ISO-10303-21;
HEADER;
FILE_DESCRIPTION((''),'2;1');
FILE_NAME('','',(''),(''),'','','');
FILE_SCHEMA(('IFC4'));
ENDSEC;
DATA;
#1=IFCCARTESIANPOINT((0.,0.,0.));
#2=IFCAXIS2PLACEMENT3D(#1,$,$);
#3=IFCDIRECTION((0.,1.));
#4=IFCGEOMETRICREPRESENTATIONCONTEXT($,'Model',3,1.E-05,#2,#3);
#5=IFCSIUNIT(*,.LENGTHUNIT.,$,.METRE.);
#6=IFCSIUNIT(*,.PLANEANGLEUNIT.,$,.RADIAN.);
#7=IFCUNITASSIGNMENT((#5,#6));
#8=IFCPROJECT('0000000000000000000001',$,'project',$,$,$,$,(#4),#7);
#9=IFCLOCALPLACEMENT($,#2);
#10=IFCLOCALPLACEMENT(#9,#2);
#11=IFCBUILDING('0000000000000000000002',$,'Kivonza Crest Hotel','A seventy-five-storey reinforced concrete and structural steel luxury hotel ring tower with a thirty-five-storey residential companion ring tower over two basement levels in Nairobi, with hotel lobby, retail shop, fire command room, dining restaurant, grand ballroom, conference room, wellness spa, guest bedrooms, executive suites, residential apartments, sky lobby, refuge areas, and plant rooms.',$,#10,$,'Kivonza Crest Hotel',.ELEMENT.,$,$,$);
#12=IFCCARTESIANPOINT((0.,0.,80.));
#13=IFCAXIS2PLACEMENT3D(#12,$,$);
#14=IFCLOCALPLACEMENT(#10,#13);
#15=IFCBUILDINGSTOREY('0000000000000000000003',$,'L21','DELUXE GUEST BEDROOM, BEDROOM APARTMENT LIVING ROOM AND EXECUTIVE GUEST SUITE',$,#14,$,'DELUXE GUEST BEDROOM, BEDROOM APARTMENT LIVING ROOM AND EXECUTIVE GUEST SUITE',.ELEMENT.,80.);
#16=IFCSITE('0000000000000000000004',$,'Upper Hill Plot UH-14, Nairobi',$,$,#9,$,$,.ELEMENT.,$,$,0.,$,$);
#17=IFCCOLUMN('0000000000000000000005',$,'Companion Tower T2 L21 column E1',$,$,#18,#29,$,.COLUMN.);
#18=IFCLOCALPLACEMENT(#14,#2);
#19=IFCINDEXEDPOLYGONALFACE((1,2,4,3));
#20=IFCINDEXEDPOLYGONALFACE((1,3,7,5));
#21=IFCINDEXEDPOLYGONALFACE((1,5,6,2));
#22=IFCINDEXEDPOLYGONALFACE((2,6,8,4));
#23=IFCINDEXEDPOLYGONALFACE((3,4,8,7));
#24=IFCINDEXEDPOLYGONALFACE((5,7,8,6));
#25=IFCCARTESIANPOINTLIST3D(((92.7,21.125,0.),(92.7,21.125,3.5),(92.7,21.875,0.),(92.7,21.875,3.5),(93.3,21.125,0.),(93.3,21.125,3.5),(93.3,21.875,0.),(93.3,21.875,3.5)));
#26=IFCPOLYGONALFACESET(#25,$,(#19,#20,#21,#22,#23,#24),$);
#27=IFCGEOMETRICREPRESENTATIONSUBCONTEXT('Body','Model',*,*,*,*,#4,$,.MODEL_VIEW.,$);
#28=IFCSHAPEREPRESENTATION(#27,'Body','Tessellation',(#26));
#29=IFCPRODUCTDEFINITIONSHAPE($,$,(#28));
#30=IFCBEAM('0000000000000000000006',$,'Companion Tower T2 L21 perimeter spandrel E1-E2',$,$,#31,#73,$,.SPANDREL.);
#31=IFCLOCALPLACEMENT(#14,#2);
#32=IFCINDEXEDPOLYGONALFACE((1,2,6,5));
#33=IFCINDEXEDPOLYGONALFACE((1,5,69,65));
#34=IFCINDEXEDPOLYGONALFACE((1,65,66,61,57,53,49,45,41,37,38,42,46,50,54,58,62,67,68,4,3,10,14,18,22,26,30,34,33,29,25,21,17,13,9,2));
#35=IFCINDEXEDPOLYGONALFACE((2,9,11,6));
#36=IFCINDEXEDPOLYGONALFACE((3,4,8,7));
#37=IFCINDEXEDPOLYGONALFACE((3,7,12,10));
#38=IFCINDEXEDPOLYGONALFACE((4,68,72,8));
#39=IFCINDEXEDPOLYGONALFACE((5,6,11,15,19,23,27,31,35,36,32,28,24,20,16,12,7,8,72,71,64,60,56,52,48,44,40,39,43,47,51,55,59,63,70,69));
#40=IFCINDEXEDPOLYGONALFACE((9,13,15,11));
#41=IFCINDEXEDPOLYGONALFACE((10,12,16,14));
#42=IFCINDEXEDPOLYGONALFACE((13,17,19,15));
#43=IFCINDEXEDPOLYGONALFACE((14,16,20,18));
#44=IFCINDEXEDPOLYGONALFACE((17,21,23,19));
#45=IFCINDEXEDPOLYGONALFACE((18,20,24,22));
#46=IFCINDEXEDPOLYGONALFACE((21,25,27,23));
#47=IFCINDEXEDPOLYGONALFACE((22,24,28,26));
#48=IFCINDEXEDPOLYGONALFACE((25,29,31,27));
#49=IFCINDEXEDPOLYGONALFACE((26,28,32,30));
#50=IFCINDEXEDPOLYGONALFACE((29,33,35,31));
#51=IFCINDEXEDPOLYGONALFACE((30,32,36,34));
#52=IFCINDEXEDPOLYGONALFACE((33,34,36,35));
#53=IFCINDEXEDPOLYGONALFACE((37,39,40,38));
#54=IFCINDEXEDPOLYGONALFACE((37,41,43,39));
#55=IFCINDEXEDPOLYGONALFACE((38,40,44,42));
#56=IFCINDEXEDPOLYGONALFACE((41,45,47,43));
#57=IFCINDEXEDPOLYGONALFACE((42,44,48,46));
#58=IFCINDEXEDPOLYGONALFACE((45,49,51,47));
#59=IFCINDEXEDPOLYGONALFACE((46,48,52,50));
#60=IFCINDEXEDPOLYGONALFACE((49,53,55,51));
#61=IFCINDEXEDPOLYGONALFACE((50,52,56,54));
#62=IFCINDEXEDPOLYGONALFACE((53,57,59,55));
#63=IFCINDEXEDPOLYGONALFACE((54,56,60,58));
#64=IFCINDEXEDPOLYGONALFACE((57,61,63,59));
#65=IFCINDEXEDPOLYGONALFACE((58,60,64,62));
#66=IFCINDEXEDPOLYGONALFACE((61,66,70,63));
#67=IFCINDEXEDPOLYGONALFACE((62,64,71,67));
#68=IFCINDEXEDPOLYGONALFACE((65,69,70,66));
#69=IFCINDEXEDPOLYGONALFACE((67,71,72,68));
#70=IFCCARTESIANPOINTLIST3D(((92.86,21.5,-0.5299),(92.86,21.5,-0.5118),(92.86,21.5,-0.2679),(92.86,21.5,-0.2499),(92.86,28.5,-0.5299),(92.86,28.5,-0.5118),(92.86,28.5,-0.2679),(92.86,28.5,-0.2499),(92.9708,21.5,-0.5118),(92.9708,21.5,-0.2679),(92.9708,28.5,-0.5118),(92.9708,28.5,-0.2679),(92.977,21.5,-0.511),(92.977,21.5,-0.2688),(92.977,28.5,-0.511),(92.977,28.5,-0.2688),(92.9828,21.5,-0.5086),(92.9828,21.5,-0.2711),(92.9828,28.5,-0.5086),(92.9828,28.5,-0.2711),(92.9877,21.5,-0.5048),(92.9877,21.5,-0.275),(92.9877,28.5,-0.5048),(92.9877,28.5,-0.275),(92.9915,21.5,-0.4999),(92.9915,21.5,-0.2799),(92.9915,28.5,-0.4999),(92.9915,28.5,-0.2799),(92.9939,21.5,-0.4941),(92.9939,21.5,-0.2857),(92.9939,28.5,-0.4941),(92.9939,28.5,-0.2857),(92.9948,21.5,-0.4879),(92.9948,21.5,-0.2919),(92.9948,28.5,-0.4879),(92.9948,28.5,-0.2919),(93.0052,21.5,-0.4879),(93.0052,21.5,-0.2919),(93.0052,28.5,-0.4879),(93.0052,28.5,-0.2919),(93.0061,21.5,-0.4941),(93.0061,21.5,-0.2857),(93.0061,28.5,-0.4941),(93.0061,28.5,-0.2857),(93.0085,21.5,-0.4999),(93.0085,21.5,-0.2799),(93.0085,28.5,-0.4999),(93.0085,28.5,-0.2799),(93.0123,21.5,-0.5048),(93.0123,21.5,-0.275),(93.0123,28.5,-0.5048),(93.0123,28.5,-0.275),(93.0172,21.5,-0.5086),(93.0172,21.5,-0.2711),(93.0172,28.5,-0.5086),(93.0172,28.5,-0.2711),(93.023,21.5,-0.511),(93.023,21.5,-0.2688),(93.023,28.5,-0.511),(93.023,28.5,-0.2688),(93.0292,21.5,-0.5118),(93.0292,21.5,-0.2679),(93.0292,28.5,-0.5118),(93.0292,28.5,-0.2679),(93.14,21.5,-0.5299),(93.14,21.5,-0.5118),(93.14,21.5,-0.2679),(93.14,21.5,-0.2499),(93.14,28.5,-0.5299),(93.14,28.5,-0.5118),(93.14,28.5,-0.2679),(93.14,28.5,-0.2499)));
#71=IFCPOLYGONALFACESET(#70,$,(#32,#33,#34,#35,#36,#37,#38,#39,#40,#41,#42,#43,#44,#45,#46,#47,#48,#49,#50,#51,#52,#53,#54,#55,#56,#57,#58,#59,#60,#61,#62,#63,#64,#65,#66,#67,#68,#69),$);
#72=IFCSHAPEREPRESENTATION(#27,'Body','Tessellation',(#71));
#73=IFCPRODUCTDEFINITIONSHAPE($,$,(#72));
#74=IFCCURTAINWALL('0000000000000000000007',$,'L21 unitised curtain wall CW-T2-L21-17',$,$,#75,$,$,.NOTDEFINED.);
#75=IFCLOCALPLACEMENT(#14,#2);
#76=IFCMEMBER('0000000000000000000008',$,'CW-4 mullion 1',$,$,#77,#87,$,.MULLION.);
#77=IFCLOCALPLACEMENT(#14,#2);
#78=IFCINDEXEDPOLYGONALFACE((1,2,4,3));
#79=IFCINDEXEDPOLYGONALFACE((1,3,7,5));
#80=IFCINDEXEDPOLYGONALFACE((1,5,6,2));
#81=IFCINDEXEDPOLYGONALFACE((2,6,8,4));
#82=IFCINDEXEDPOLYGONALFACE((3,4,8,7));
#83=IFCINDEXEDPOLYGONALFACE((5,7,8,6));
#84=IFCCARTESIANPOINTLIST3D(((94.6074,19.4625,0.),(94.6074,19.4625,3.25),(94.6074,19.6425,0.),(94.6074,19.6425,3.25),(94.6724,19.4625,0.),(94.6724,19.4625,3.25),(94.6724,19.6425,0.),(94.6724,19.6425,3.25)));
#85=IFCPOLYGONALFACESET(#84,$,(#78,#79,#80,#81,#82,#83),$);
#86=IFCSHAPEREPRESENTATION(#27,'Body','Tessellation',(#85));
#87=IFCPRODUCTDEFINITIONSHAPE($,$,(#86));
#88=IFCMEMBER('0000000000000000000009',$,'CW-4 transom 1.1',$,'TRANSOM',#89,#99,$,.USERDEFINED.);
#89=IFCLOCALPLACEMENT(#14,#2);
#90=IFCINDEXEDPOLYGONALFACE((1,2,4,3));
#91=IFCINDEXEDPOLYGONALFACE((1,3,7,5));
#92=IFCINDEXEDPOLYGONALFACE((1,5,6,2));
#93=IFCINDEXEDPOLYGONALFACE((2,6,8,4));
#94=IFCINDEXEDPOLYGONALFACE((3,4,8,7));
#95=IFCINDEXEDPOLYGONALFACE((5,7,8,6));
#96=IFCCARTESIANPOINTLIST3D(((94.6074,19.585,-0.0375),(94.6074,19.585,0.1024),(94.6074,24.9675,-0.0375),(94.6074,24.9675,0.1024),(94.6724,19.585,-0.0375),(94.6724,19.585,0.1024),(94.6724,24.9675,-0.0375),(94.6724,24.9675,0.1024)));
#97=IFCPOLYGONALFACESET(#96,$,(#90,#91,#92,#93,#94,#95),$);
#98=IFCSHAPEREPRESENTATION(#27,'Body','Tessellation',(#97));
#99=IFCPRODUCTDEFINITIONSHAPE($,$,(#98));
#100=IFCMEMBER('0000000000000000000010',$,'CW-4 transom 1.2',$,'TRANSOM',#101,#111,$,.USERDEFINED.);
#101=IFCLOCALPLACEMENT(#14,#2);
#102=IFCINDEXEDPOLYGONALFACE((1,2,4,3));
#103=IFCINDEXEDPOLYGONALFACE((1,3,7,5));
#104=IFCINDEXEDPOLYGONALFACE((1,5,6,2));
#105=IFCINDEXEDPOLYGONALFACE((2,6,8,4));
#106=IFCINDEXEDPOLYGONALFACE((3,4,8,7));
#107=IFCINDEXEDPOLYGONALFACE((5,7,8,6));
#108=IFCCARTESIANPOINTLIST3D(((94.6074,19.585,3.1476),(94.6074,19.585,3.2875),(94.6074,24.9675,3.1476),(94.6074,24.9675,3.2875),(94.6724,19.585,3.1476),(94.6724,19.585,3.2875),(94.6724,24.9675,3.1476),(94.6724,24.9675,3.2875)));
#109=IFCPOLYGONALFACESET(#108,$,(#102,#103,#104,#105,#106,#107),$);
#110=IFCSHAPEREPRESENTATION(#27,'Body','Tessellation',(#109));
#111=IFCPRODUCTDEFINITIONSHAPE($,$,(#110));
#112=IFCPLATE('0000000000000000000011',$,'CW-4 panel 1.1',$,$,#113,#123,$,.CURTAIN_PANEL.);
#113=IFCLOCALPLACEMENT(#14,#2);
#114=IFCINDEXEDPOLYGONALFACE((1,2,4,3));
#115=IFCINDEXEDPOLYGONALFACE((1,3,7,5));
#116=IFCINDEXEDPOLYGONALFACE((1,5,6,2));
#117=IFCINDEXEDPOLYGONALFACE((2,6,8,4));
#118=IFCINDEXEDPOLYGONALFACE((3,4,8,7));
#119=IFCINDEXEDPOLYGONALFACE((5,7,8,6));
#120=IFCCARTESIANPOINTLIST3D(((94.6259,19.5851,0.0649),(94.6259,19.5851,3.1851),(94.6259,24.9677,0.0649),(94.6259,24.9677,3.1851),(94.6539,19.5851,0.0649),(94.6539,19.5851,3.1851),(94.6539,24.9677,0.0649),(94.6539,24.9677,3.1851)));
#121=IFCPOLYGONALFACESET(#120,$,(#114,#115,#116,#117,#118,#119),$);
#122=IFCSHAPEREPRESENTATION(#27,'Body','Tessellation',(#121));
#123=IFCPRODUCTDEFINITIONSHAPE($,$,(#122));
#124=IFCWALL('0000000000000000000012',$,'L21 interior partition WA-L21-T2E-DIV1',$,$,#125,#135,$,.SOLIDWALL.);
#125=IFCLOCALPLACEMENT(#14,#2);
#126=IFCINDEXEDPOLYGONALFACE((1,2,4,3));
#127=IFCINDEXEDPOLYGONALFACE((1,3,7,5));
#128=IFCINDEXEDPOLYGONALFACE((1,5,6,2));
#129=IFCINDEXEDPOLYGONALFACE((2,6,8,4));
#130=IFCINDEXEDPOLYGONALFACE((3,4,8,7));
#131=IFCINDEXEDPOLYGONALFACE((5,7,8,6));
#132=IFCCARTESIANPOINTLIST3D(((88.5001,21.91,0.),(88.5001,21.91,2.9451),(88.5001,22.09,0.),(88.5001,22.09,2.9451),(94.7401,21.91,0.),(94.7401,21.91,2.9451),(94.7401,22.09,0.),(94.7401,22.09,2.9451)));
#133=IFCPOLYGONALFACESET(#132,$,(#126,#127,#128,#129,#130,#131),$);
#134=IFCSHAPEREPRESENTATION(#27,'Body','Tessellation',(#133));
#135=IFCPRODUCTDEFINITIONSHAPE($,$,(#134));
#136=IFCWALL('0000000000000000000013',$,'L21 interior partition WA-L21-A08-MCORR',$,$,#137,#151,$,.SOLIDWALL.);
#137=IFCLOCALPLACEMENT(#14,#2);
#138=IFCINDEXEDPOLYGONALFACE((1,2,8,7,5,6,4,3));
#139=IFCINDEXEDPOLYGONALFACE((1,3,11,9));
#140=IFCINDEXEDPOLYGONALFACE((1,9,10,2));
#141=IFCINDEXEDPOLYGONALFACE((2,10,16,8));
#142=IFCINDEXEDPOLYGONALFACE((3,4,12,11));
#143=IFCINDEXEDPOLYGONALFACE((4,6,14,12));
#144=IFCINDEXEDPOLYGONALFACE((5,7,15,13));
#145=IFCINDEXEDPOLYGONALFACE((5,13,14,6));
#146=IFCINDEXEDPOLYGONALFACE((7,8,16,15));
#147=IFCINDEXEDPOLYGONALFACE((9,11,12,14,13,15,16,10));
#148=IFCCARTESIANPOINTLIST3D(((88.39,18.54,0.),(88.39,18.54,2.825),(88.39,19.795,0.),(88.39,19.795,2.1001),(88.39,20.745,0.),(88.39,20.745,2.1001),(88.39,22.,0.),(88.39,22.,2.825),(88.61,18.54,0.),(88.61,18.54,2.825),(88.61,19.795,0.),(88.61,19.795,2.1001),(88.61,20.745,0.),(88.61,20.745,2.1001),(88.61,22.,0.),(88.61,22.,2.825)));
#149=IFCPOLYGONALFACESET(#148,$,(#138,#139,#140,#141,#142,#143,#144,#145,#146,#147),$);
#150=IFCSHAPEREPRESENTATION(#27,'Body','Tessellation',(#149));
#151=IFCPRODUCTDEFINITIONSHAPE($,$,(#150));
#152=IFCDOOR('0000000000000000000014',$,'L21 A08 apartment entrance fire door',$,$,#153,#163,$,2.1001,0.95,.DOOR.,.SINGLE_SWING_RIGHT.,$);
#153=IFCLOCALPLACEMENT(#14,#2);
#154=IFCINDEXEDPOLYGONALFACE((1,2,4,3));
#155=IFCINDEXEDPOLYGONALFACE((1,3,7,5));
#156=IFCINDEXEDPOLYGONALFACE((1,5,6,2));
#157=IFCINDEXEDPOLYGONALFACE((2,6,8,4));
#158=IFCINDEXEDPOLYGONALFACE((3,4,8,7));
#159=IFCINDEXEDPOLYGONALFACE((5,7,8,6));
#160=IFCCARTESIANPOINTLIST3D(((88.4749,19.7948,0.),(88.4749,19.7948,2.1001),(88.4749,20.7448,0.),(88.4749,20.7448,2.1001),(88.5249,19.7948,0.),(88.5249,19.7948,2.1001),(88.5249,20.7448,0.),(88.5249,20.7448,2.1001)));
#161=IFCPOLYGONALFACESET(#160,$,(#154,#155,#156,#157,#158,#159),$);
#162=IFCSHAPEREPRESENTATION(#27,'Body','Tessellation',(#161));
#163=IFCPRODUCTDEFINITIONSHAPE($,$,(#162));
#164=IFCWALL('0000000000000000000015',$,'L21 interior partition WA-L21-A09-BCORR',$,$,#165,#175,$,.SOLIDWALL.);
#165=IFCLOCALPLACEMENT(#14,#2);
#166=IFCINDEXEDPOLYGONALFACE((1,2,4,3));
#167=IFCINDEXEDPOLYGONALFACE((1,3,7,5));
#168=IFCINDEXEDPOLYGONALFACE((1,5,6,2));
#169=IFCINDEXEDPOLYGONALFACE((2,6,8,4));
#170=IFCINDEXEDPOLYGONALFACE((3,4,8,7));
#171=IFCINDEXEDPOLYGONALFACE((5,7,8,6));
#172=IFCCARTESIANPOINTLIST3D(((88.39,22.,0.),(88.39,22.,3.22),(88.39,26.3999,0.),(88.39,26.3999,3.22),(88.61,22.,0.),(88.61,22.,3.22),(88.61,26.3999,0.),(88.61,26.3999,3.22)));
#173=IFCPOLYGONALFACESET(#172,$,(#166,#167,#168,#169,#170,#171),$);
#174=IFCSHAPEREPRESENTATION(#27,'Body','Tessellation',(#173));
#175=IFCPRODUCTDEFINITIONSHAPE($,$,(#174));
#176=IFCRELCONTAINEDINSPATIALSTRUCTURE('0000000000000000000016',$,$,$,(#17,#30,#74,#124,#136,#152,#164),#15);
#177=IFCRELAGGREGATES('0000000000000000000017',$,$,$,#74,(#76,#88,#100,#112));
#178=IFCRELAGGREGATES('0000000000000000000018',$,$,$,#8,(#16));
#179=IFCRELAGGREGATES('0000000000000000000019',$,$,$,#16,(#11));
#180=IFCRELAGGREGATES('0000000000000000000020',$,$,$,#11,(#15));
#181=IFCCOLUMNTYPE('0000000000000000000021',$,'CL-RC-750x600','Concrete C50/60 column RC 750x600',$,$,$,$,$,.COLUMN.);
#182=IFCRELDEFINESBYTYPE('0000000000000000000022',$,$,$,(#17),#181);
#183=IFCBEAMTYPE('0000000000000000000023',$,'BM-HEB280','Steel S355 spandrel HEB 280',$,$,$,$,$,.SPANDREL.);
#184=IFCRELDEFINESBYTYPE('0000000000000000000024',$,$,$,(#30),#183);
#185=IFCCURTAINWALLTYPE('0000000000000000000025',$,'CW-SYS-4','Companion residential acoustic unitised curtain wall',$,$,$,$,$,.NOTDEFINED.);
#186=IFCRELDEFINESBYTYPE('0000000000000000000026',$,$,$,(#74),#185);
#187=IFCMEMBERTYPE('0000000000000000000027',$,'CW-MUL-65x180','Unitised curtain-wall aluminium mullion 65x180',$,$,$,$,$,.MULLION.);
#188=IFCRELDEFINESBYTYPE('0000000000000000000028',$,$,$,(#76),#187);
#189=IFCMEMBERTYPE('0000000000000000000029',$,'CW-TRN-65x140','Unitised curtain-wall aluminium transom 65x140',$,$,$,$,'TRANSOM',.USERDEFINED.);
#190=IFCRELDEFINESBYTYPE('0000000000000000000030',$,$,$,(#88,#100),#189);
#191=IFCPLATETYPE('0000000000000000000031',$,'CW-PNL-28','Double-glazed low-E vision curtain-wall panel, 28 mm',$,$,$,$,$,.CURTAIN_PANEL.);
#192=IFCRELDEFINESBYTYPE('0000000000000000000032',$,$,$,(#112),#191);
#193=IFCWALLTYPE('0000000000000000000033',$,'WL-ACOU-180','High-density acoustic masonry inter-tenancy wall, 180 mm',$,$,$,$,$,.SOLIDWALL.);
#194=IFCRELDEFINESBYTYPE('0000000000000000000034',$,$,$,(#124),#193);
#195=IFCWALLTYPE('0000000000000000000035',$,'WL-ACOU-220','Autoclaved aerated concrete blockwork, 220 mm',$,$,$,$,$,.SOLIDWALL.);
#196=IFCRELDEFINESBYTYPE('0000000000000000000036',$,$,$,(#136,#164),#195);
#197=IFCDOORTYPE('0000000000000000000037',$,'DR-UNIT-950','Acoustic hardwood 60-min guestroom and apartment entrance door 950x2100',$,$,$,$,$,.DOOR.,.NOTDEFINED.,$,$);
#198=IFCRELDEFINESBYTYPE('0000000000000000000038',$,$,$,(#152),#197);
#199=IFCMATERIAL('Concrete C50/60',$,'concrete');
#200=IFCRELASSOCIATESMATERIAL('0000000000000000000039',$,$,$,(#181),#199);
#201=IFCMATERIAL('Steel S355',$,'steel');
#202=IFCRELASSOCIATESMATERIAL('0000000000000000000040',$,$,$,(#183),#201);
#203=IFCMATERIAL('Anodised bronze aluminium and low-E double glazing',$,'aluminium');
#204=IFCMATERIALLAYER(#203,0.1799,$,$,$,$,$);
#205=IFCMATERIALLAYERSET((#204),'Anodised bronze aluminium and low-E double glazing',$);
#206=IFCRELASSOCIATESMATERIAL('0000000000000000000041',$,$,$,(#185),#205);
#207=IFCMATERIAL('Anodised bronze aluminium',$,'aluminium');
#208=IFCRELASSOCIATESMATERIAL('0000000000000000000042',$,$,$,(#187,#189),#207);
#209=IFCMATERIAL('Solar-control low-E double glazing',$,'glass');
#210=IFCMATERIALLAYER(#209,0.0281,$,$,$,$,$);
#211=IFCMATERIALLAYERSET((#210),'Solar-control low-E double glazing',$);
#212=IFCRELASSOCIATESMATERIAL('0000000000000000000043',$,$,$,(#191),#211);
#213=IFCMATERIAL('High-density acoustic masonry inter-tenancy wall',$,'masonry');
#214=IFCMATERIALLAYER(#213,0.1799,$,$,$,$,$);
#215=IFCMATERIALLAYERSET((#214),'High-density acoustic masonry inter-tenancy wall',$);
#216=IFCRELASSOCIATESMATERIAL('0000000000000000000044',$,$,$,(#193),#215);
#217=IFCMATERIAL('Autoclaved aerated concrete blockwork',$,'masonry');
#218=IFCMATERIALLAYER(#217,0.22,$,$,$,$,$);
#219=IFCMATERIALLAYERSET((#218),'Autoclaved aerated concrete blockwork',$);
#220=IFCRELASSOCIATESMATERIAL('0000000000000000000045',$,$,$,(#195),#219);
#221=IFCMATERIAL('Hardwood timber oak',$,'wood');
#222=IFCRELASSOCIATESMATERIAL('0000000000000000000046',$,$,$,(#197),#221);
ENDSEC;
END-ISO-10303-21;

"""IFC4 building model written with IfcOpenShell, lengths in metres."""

from ifc_helpers import new_model, si_unit, direction, frame, frame_2d, origin, origin_2d, place, context, subcontext, project, spatial, rectangle, i_section, extrude, material, layer, layer_set, material_profile, profile_set, type_object, element, fill, aggregate, save


model = new_model("IFC4")

# Units and contexts
model_context = context("Model", 3, precision=1e-05, world=origin(), true_north=direction((0.0, 1.0)))
body_context = subcontext(model_context, "Body", "Model", "MODEL_VIEW")
ifc_project = project(units=[si_unit("LENGTHUNIT", "METRE"), si_unit("PLANEANGLEUNIT", "RADIAN")], contexts=[model_context])

# Site, building, storey
site_placement = place(None, origin())
site = spatial("IfcSite", under=ifc_project, at=site_placement, Name="Upper Hill Plot UH-14, Nairobi", CompositionType="ELEMENT", RefElevation=0.0)
building_placement = place(site_placement, origin())
building = spatial("IfcBuilding", under=site, at=building_placement, Name="Kivonza Crest Hotel", Description="A seventy-five-storey reinforced concrete and structural steel luxury hotel ring tower with a thirty-five-storey residential companion ring tower over two basement levels in Nairobi, with hotel lobby, retail shop, fire command room, dining restaurant, grand ballroom, conference room, wellness spa, guest bedrooms, executive suites, residential apartments, sky lobby, refuge areas, and plant rooms.", LongName="Kivonza Crest Hotel", CompositionType="ELEMENT")
storey_placement = place(building_placement, frame((0.0, 0.0, 80.0)))
storey = spatial("IfcBuildingStorey", under=building, at=storey_placement, Name="L21", Description="DELUXE GUEST BEDROOM, BEDROOM APARTMENT LIVING ROOM AND EXECUTIVE GUEST SUITE", LongName="DELUXE GUEST BEDROOM, BEDROOM APARTMENT LIVING ROOM AND EXECUTIVE GUEST SUITE", CompositionType="ELEMENT", Elevation=80.0)

# Column
ifc_material_1 = material(Name="Concrete C50/60", Category="concrete")
ifc_material_profile_1 = material_profile(ifc_material_1, rectangle(XDim=0.6001, YDim=0.75, at=origin_2d()), Name="RC 750x600")
ifc_profile_set_1 = profile_set([ifc_material_profile_1], Name="Concrete C50/60")
column_type = type_object("IfcColumnType", Name="CL-RC-750x600", Description="Concrete C50/60 column RC 750x600", PredefinedType="COLUMN", material=ifc_profile_set_1)
column_placement = place(storey_placement, frame((93.0, 21.5, 0.0), z_axis=(0.0, 0.0, 1.0), x_axis=(1.0, 0.0, 0.0)))
element("IfcColumn", 1, at=column_placement, inside=storey, type_object=column_type, Name="Companion Tower T2 L21 column E1", PredefinedType="COLUMN", context=body_context, shape_type="SweptSolid", body=[
    extrude(rectangle(XDim=0.6001, YDim=0.75, at=origin_2d()), origin(), (0.0, 0.0, 1.0), 3.5),
])

# Beam
ifc_material_2 = material(Name="Steel S355", Category="steel")
ifc_material_profile_2 = material_profile(ifc_material_2, i_section(OverallWidth=0.28, OverallDepth=0.28, WebThickness=0.0105, FlangeThickness=0.0181, FilletRadius=0.0239, at=origin_2d()), Name="HEB 280")
ifc_profile_set_2 = profile_set([ifc_material_profile_2], Name="Steel S355")
beam_type = type_object("IfcBeamType", Name="BM-HEB280", Description="Steel S355 spandrel HEB 280", PredefinedType="SPANDREL", material=ifc_profile_set_2)
beam_placement = place(storey_placement, frame((93.0, 21.5, -0.3899), z_axis=(0.0, 1.0, 0.0), x_axis=(-1.0, 0.0, 0.0)))
element("IfcBeam", 2, at=beam_placement, inside=storey, type_object=beam_type, Name="Companion Tower T2 L21 perimeter spandrel E1-E2", PredefinedType="SPANDREL", context=body_context, shape_type="SweptSolid", body=[
    extrude(i_section(OverallWidth=0.28, OverallDepth=0.28, WebThickness=0.0105, FlangeThickness=0.0181, FilletRadius=0.0239, at=origin_2d()), origin(), (0.0, 0.0, 1.0), 7.0),
])

# Curtain wall, members, plate
ifc_material_3 = material(Name="Anodised bronze aluminium and low-E double glazing", Category="aluminium")
ifc_layer_1 = layer(ifc_material_3, 0.1799)
ifc_layer_set_1 = layer_set([ifc_layer_1], Name="Anodised bronze aluminium and low-E double glazing")
curtain_wall_type = type_object("IfcCurtainWallType", Name="CW-SYS-4", Description="Companion residential acoustic unitised curtain wall", PredefinedType="NOTDEFINED", material=ifc_layer_set_1)
curtain_wall_placement = place(storey_placement, origin())
curtain_wall = element("IfcCurtainWall", 3, at=curtain_wall_placement, inside=storey, type_object=curtain_wall_type, Name="L21 unitised curtain wall CW-T2-L21-17", PredefinedType="NOTDEFINED")
ifc_material_4 = material(Name="Anodised bronze aluminium", Category="aluminium")
ifc_material_profile_3 = material_profile(ifc_material_4, rectangle(XDim=0.0649, YDim=0.1799, at=origin_2d()), Name="CW-M 65x180")
ifc_profile_set_3 = profile_set([ifc_material_profile_3], Name="Anodised bronze aluminium")
member_type_1 = type_object("IfcMemberType", Name="CW-MUL-65x180", Description="Unitised curtain-wall aluminium mullion 65x180", PredefinedType="MULLION", material=ifc_profile_set_3)
member_1_placement = place(storey_placement, frame((94.6399, 19.5525, 0.0), z_axis=(0.0, 0.0, 1.0), x_axis=(-1.0, 0.0, 0.0)))
member_1 = element("IfcMember", 4, at=member_1_placement, type_object=member_type_1, Name="CW-4 mullion 1", PredefinedType="MULLION", context=body_context, shape_type="SweptSolid", body=[
    extrude(rectangle(XDim=0.0649, YDim=0.1799, at=origin_2d()), origin(), (0.0, 0.0, 1.0), 3.25),
])
ifc_material_profile_4 = material_profile(ifc_material_4, rectangle(XDim=0.0649, YDim=0.1399, at=origin_2d()), Name="CW-T 65x140")
ifc_profile_set_4 = profile_set([ifc_material_profile_4], Name="Anodised bronze aluminium")
member_type_2 = type_object("IfcMemberType", Name="CW-TRN-65x140", Description="Unitised curtain-wall aluminium transom 65x140", ElementType="TRANSOM", PredefinedType="USERDEFINED", material=ifc_profile_set_4)
member_2_placement = place(storey_placement, frame((94.6399, 19.585, 0.0325), z_axis=(0.0, 1.0, 0.0), x_axis=(-1.0, 0.0, 0.0)))
member_2 = element("IfcMember", 5, at=member_2_placement, type_object=member_type_2, Name="CW-4 transom 1.1", ObjectType="TRANSOM", PredefinedType="USERDEFINED", context=body_context, shape_type="SweptSolid", body=[
    extrude(rectangle(XDim=0.0649, YDim=0.1399, at=origin_2d()), origin(), (0.0, 0.0, 1.0), 5.3826),
])
member_3_placement = place(storey_placement, frame((94.6399, 19.585, 3.2175), z_axis=(0.0, 1.0, 0.0), x_axis=(-1.0, 0.0, 0.0)))
member_3 = element("IfcMember", 6, at=member_3_placement, type_object=member_type_2, Name="CW-4 transom 1.2", ObjectType="TRANSOM", PredefinedType="USERDEFINED", context=body_context, shape_type="SweptSolid", body=[
    extrude(rectangle(XDim=0.0649, YDim=0.1399, at=origin_2d()), origin(), (0.0, 0.0, 1.0), 5.3826),
])
ifc_material_5 = material(Name="Solar-control low-E double glazing", Category="glass")
ifc_layer_2 = layer(ifc_material_5, 0.0281)
ifc_layer_set_2 = layer_set([ifc_layer_2], Name="Solar-control low-E double glazing")
plate_type = type_object("IfcPlateType", Name="CW-PNL-28", Description="Double-glazed low-E vision curtain-wall panel, 28 mm", PredefinedType="CURTAIN_PANEL", material=ifc_layer_set_2)
plate_placement = place(storey_placement, frame((94.6399, 22.2764, 0.0649), z_axis=(0.0, 0.0, 1.0), x_axis=(0.0, 1.0, 0.0)))
plate = element("IfcPlate", 7, at=plate_placement, type_object=plate_type, Name="CW-4 panel 1.1", PredefinedType="CURTAIN_PANEL", context=body_context, shape_type="SweptSolid", body=[
    extrude(rectangle(XDim=5.3826, YDim=0.0281, at=origin_2d()), origin(), (0.0, 0.0, 1.0), 3.1201),
])
aggregate(curtain_wall, [member_1, member_2, member_3, plate])

# Wall
ifc_material_6 = material(Name="High-density acoustic masonry inter-tenancy wall", Category="masonry")
ifc_layer_3 = layer(ifc_material_6, 0.1799)
ifc_layer_set_3 = layer_set([ifc_layer_3], Name="High-density acoustic masonry inter-tenancy wall")
wall_type_1 = type_object("IfcWallType", Name="WL-ACOU-180", Description="High-density acoustic masonry inter-tenancy wall, 180 mm", PredefinedType="SOLIDWALL", material=ifc_layer_set_3)
wall_1_placement = place(storey_placement, frame((88.5, 22.0, 0.0), z_axis=(0.0, 0.0, 1.0), x_axis=(1.0, 0.0, 0.0)))
element("IfcWall", 8, at=wall_1_placement, inside=storey, type_object=wall_type_1, Name="L21 interior partition WA-L21-T2E-DIV1", PredefinedType="SOLIDWALL", context=body_context, shape_type="SweptSolid", body=[
    extrude(rectangle(XDim=6.24, YDim=0.1799, at=frame_2d((3.1201, 0.0))), origin(), (0.0, 0.0, 1.0), 2.9451),
])

# Wall, opening, door
ifc_material_7 = material(Name="Autoclaved aerated concrete blockwork", Category="masonry")
ifc_layer_4 = layer(ifc_material_7, 0.22)
ifc_layer_set_4 = layer_set([ifc_layer_4], Name="Autoclaved aerated concrete blockwork")
wall_type_2 = type_object("IfcWallType", Name="WL-ACOU-220", Description="Autoclaved aerated concrete blockwork, 220 mm", PredefinedType="SOLIDWALL", material=ifc_layer_set_4)
wall_2_placement = place(storey_placement, frame((88.5, 18.54, 0.0), z_axis=(0.0, 0.0, 1.0), x_axis=(0.0, 1.0, 0.0)))
wall_2 = element("IfcWall", 9, at=wall_2_placement, inside=storey, type_object=wall_type_2, Name="L21 interior partition WA-L21-A08-MCORR", PredefinedType="SOLIDWALL", context=body_context, shape_type="SweptSolid", body=[
    extrude(rectangle(XDim=3.46, YDim=0.22, at=frame_2d((1.73, 0.0))), origin(), (0.0, 0.0, 1.0), 2.825),
])
opening_1_placement = place(wall_2_placement, frame((1.2549, 0.0, 0.0)))
opening_1 = element("IfcOpeningElement", 10, at=opening_1_placement, cuts=wall_2, PredefinedType="OPENING", context=body_context, shape_type="SweptSolid", body=[
    extrude(rectangle(XDim=0.95, YDim=2.1001, at=frame_2d((0.4751, 1.05))), frame((0.0, 0.1201, 0.0), z_axis=(0.0, -1.0, 0.0), x_axis=(1.0, 0.0, 0.0)), (0.0, 0.0, 1.0), 0.24),
])
ifc_material_8 = material(Name="Hardwood timber oak", Category="wood")
door_type_1 = type_object("IfcDoorType", Name="DR-UNIT-950", Description="Acoustic hardwood 60-min guestroom and apartment entrance door 950x2100", OperationType="NOTDEFINED", PredefinedType="DOOR", material=ifc_material_8)
door_1_placement = place(opening_1_placement, frame((0.95, 0.0, 0.0), z_axis=(0.0, 0.0, 1.0), x_axis=(-1.0, 0.0, 0.0)))
door_1 = element("IfcDoor", 11, at=door_1_placement, inside=storey, type_object=door_type_1, Name="L21 A08 apartment entrance fire door", OperationType="SINGLE_SWING_RIGHT", OverallHeight=2.1001, OverallWidth=0.95, PredefinedType="DOOR", context=body_context, shape_type="SweptSolid", body=[
    extrude(rectangle(XDim=0.95, YDim=2.1001, at=frame_2d((0.4751, 1.05))), frame((0.0, 0.0249, 0.0), z_axis=(0.0, -1.0, 0.0), x_axis=(1.0, 0.0, 0.0)), (0.0, 0.0, 1.0), 0.05),
])
fill(opening_1, door_1)

# Wall
wall_3_placement = place(storey_placement, frame((88.5, 22.0, 0.0), z_axis=(0.0, 0.0, 1.0), x_axis=(0.0, 1.0, 0.0)))
element("IfcWall", 12, at=wall_3_placement, inside=storey, type_object=wall_type_2, Name="L21 interior partition WA-L21-A09-BCORR", PredefinedType="SOLIDWALL", context=body_context, shape_type="SweptSolid", body=[
    extrude(rectangle(XDim=4.3999, YDim=0.22, at=frame_2d((2.2, 0.0))), origin(), (0.0, 0.0, 1.0), 3.22),
])

save(model, "model.ifc")
